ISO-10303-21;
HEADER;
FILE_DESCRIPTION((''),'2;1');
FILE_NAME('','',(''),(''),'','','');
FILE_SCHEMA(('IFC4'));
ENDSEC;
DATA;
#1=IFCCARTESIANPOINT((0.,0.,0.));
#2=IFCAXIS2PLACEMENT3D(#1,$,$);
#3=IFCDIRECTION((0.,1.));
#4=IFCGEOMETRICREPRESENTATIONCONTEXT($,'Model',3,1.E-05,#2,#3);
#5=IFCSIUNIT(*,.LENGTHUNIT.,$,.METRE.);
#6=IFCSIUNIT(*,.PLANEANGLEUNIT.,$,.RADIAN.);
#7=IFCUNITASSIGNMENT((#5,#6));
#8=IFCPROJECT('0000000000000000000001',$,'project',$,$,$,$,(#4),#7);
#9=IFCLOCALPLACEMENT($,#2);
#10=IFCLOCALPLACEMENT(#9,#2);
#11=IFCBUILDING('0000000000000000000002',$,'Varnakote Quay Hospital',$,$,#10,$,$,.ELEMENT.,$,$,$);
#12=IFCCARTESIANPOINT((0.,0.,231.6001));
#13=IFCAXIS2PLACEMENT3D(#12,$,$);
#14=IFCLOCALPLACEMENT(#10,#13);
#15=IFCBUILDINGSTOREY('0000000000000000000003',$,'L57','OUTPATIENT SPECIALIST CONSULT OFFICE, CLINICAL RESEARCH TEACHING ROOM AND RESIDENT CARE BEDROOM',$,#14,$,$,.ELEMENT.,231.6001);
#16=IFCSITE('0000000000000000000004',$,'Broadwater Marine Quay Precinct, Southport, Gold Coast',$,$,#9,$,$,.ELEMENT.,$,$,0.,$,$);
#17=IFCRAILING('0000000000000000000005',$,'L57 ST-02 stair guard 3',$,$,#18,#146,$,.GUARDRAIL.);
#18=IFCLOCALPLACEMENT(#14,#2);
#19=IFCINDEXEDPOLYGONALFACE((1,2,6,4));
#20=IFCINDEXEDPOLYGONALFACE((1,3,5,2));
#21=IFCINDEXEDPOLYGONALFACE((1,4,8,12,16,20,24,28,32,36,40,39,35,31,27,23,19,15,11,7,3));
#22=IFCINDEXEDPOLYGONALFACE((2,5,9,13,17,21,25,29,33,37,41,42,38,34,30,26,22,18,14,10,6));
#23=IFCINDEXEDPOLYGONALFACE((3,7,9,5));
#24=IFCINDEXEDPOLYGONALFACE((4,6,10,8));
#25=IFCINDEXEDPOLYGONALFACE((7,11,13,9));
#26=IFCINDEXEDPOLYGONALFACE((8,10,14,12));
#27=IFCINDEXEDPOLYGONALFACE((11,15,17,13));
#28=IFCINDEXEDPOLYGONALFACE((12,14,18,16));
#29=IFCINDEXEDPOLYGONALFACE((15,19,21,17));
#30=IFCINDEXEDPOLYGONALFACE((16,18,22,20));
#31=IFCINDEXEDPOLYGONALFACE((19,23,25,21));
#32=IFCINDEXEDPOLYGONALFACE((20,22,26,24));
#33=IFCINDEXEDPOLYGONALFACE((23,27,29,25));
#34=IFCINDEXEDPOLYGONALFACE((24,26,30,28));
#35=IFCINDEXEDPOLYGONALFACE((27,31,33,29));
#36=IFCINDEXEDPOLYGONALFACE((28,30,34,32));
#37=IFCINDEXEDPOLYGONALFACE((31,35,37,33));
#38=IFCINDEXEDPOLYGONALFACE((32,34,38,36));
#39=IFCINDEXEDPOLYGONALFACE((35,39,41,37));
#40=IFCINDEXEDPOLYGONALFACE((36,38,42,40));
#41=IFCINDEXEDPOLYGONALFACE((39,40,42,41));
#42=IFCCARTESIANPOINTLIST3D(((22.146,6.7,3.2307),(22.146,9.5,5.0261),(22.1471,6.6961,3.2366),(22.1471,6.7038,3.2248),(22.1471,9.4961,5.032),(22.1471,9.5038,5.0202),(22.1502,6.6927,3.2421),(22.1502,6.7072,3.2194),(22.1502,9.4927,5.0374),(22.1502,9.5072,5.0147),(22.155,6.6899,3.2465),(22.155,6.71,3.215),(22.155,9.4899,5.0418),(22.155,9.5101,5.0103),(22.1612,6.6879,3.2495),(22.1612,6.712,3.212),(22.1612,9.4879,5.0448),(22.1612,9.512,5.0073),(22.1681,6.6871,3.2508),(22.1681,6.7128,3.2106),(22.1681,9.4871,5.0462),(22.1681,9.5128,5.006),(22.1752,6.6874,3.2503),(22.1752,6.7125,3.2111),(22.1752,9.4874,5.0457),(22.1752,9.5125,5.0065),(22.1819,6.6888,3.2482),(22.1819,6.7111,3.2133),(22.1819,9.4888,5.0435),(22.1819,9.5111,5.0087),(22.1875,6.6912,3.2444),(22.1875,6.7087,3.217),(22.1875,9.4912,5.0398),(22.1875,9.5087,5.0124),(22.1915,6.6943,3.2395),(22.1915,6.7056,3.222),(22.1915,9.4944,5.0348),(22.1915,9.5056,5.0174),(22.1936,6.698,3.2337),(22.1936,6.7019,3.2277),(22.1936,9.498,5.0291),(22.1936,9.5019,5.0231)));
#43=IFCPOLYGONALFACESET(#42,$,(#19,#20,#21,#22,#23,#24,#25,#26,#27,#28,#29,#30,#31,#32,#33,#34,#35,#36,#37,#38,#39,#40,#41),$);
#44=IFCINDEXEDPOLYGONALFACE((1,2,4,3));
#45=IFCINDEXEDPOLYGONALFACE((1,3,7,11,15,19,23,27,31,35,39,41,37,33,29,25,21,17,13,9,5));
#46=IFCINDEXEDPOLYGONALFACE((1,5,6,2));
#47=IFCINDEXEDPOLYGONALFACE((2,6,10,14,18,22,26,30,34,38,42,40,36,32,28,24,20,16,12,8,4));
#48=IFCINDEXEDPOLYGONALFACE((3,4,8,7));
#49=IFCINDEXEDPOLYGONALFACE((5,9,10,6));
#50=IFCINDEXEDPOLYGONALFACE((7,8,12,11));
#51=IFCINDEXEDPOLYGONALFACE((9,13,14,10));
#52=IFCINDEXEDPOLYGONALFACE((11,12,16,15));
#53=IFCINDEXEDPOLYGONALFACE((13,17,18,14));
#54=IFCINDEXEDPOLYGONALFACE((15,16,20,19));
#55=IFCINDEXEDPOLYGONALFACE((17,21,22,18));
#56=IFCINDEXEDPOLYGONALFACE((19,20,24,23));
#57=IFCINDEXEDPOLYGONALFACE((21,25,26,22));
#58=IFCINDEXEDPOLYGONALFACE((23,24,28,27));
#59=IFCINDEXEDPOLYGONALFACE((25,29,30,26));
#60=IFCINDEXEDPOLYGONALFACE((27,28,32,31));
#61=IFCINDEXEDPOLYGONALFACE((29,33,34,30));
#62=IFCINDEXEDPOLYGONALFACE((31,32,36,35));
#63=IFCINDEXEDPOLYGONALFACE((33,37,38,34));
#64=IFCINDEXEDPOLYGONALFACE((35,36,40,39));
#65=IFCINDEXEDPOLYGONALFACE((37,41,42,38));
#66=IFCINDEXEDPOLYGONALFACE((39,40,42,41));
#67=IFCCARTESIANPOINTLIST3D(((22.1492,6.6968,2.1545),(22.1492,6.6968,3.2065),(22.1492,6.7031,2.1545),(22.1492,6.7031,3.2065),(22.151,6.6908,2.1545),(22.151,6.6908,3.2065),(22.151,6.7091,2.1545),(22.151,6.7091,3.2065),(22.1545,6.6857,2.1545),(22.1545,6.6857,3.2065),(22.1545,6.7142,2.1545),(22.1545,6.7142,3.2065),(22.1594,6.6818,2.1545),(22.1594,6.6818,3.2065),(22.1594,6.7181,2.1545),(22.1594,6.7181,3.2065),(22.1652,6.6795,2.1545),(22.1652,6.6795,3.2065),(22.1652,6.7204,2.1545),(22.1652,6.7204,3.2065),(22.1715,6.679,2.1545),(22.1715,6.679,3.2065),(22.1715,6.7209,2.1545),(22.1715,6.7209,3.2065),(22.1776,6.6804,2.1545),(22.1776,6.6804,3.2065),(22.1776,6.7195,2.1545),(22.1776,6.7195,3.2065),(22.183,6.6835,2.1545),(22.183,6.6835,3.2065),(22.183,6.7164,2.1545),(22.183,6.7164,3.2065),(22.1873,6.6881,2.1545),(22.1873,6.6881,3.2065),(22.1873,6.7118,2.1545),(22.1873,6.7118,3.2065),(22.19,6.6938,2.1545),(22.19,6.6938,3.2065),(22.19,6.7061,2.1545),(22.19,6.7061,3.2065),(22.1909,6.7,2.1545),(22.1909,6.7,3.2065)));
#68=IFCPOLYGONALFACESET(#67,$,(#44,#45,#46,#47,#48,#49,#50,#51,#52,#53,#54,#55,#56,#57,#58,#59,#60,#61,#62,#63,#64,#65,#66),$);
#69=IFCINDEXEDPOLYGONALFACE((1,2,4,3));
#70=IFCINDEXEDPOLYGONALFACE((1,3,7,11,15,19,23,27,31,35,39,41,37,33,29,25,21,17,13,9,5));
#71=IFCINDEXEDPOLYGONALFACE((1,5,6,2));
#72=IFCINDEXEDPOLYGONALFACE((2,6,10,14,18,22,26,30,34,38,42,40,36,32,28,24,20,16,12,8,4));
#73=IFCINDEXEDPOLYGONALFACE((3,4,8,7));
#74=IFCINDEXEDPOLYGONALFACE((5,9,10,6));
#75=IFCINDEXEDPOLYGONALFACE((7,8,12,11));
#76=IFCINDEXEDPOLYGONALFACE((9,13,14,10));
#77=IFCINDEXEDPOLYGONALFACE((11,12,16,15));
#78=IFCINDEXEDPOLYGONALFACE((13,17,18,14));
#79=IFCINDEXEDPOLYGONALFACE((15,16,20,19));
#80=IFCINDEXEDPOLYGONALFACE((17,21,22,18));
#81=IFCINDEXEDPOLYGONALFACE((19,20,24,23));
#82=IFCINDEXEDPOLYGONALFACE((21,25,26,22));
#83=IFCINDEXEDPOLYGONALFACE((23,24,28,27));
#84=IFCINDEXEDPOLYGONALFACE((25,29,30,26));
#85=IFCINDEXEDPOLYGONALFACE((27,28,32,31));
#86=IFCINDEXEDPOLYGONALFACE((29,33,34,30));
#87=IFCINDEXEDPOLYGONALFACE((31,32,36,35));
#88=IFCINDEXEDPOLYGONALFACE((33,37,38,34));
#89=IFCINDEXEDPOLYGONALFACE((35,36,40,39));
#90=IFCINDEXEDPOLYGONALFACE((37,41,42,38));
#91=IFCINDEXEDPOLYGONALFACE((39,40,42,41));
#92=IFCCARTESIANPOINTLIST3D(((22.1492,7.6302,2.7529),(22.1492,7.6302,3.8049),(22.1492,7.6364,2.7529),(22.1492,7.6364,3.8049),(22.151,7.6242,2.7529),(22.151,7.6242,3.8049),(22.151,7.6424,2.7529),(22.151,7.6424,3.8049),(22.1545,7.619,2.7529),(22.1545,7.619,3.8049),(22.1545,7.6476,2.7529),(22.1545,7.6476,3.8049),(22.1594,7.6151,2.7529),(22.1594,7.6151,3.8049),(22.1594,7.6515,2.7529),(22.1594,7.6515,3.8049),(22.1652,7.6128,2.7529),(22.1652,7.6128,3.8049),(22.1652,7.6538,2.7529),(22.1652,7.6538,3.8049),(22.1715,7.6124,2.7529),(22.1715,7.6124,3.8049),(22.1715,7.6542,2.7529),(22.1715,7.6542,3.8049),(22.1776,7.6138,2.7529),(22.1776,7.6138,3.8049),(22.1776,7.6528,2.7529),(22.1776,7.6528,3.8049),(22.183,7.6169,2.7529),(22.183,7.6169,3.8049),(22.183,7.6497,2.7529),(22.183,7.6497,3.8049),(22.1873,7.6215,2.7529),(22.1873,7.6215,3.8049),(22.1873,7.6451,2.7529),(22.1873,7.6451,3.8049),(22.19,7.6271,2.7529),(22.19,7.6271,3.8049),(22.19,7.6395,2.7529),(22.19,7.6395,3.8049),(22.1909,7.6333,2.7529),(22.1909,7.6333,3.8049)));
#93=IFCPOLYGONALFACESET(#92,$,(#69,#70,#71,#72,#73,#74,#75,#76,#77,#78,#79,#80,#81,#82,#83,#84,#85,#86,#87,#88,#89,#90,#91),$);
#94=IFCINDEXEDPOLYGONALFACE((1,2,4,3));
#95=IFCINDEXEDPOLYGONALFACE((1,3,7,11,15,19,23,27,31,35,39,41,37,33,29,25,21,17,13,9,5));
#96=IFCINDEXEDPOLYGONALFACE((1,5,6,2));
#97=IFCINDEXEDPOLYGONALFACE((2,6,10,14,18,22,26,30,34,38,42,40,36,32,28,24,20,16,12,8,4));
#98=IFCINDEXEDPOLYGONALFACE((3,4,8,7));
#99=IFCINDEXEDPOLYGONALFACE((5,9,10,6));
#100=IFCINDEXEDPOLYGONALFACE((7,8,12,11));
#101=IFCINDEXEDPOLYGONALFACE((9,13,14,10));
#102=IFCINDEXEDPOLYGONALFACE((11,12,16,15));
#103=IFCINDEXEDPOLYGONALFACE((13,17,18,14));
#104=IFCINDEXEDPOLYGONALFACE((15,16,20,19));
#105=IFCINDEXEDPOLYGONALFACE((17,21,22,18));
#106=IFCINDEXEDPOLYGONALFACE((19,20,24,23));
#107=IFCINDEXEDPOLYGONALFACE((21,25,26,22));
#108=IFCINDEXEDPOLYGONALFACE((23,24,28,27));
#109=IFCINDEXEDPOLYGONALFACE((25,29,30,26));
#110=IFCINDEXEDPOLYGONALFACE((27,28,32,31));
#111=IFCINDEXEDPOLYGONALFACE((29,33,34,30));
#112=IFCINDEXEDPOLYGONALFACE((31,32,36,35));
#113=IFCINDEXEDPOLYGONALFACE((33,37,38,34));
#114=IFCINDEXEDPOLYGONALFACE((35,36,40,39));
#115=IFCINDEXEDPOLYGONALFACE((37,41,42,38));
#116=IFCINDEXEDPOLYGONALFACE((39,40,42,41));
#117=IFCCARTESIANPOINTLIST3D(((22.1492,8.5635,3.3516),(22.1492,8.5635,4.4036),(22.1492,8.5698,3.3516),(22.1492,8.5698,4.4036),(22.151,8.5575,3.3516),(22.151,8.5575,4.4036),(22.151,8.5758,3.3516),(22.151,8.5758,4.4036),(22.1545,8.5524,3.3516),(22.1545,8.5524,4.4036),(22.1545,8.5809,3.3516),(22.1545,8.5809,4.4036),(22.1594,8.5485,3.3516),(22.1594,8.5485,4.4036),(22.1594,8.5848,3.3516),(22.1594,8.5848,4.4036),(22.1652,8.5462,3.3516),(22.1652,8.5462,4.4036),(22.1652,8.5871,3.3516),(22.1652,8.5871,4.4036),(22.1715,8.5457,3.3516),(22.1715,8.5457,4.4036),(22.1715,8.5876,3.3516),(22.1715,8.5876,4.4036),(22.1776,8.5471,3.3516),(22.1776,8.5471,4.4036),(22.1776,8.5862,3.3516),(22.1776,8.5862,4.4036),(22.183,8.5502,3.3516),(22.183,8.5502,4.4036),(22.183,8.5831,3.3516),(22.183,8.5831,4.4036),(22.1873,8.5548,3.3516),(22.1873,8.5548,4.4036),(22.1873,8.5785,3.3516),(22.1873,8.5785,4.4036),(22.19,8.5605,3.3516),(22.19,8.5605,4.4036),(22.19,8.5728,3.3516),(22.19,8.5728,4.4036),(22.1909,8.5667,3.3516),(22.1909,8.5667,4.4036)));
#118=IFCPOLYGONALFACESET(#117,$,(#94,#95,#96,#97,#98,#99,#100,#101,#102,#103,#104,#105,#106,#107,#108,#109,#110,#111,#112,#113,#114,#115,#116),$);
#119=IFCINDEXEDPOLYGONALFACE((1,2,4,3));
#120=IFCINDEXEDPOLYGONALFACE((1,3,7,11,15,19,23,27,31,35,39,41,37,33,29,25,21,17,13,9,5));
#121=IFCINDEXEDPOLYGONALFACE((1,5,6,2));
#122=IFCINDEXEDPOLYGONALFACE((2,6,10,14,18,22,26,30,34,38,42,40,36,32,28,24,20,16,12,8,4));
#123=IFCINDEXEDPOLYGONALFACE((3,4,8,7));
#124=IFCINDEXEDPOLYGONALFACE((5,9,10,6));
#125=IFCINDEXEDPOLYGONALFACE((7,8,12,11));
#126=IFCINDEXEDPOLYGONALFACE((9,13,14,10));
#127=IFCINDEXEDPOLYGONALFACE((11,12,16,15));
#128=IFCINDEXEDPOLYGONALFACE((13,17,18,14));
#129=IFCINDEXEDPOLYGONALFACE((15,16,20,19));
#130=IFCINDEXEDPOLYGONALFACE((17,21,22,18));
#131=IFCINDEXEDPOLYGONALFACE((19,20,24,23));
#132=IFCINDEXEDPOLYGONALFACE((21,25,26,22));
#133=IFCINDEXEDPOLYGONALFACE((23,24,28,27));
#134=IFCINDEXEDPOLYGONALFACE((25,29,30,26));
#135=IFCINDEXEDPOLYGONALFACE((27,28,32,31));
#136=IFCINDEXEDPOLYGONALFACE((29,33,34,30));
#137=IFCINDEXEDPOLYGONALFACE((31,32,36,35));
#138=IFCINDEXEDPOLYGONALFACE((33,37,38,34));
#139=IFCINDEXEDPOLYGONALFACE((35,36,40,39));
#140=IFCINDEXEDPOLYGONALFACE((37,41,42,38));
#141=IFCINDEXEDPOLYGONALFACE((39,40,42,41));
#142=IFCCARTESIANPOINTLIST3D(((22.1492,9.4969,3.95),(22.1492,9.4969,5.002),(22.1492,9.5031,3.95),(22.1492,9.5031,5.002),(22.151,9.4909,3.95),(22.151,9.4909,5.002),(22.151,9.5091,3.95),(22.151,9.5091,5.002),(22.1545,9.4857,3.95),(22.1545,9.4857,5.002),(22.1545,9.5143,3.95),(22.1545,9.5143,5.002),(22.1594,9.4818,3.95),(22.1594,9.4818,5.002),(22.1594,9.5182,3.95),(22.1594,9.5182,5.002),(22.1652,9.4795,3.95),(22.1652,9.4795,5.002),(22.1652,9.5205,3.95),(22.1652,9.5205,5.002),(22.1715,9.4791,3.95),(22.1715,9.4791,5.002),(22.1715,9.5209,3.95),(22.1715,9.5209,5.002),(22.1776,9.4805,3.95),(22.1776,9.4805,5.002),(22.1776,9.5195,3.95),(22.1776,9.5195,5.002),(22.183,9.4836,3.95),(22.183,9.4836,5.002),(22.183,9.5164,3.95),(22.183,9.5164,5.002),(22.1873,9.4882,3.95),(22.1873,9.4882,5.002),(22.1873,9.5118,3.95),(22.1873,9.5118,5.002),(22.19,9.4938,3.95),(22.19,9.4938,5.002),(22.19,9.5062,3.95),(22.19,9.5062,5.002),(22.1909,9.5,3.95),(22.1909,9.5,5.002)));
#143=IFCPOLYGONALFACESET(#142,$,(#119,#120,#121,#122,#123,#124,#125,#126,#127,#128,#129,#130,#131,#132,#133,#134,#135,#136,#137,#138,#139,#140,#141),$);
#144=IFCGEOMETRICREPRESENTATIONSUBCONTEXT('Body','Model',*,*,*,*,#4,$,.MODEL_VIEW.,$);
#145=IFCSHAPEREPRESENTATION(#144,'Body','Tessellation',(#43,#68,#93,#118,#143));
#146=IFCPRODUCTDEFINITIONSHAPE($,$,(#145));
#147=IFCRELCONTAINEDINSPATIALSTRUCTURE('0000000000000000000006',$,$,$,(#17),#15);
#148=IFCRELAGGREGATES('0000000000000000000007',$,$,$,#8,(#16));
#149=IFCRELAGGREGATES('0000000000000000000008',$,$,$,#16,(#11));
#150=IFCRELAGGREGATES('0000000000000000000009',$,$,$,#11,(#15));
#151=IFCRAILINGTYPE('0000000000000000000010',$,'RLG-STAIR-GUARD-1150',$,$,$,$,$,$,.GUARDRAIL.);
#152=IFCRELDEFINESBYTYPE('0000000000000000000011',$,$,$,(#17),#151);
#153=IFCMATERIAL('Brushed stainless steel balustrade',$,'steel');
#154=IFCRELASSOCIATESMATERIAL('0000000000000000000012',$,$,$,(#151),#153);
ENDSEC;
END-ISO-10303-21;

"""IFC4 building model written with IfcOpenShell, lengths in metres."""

from ifc_helpers import new_model, si_unit, direction, frame, origin, origin_2d, place, context, subcontext, project, spatial, circle, extrude, material, type_object, element, save


model = new_model("IFC4")

# Units and contexts
model_context = context("Model", 3, precision=1e-05, world=origin(), true_north=direction((0.0, 1.0)))
body_context = subcontext(model_context, "Body", "Model", "MODEL_VIEW")
ifc_project = project(units=[si_unit("LENGTHUNIT", "METRE"), si_unit("PLANEANGLEUNIT", "RADIAN")], contexts=[model_context])

# Site, building, storey
site_placement = place(None, origin())
site = spatial("IfcSite", under=ifc_project, at=site_placement, Name="Broadwater Marine Quay Precinct, Southport, Gold Coast", CompositionType="ELEMENT", RefElevation=0.0)
building_placement = place(site_placement, origin())
building = spatial("IfcBuilding", under=site, at=building_placement, Name="Varnakote Quay Hospital", CompositionType="ELEMENT")
storey_placement = place(building_placement, frame((0.0, 0.0, 231.6001)))
storey = spatial("IfcBuildingStorey", under=building, at=storey_placement, Name="L57", Description="OUTPATIENT SPECIALIST CONSULT OFFICE, CLINICAL RESEARCH TEACHING ROOM AND RESIDENT CARE BEDROOM", CompositionType="ELEMENT", Elevation=231.6001)

# Railing
ifc_material_1 = material(Name="Brushed stainless steel balustrade", Category="steel")
railing_type_1 = type_object("IfcRailingType", Name="RLG-STAIR-GUARD-1150", PredefinedType="GUARDRAIL", material=ifc_material_1)
railing_1_placement = place(storey_placement, frame((22.1699, 6.7, 2.1545)))
element("IfcRailing", 1, at=railing_1_placement, inside=storey, type_object=railing_type_1, Name="L57 ST-02 stair guard 3", PredefinedType="GUARDRAIL", context=body_context, shape_type="SweptSolid", body=[
    extrude(circle(Radius=0.0239, at=origin_2d()), frame((0.0, 0.0, 1.0762), z_axis=(0.0, 0.84181, 0.539774), x_axis=(-1.0, 0.0, 0.0)), (0.0, 0.0, 1.0), 3.3262),
    extrude(circle(Radius=0.021, at=origin_2d()), origin(), (0.0, 0.0, 1.0), 1.052),
    extrude(circle(Radius=0.021, at=origin_2d()), frame((0.0, 0.9333, 0.5984)), (0.0, 0.0, 1.0), 1.052),
    extrude(circle(Radius=0.021, at=origin_2d()), frame((0.0, 1.8667, 1.197)), (0.0, 0.0, 1.0), 1.052),
    extrude(circle(Radius=0.021, at=origin_2d()), frame((0.0, 2.8, 1.7954)), (0.0, 0.0, 1.0), 1.052),
])

save(model, "model.ifc")
